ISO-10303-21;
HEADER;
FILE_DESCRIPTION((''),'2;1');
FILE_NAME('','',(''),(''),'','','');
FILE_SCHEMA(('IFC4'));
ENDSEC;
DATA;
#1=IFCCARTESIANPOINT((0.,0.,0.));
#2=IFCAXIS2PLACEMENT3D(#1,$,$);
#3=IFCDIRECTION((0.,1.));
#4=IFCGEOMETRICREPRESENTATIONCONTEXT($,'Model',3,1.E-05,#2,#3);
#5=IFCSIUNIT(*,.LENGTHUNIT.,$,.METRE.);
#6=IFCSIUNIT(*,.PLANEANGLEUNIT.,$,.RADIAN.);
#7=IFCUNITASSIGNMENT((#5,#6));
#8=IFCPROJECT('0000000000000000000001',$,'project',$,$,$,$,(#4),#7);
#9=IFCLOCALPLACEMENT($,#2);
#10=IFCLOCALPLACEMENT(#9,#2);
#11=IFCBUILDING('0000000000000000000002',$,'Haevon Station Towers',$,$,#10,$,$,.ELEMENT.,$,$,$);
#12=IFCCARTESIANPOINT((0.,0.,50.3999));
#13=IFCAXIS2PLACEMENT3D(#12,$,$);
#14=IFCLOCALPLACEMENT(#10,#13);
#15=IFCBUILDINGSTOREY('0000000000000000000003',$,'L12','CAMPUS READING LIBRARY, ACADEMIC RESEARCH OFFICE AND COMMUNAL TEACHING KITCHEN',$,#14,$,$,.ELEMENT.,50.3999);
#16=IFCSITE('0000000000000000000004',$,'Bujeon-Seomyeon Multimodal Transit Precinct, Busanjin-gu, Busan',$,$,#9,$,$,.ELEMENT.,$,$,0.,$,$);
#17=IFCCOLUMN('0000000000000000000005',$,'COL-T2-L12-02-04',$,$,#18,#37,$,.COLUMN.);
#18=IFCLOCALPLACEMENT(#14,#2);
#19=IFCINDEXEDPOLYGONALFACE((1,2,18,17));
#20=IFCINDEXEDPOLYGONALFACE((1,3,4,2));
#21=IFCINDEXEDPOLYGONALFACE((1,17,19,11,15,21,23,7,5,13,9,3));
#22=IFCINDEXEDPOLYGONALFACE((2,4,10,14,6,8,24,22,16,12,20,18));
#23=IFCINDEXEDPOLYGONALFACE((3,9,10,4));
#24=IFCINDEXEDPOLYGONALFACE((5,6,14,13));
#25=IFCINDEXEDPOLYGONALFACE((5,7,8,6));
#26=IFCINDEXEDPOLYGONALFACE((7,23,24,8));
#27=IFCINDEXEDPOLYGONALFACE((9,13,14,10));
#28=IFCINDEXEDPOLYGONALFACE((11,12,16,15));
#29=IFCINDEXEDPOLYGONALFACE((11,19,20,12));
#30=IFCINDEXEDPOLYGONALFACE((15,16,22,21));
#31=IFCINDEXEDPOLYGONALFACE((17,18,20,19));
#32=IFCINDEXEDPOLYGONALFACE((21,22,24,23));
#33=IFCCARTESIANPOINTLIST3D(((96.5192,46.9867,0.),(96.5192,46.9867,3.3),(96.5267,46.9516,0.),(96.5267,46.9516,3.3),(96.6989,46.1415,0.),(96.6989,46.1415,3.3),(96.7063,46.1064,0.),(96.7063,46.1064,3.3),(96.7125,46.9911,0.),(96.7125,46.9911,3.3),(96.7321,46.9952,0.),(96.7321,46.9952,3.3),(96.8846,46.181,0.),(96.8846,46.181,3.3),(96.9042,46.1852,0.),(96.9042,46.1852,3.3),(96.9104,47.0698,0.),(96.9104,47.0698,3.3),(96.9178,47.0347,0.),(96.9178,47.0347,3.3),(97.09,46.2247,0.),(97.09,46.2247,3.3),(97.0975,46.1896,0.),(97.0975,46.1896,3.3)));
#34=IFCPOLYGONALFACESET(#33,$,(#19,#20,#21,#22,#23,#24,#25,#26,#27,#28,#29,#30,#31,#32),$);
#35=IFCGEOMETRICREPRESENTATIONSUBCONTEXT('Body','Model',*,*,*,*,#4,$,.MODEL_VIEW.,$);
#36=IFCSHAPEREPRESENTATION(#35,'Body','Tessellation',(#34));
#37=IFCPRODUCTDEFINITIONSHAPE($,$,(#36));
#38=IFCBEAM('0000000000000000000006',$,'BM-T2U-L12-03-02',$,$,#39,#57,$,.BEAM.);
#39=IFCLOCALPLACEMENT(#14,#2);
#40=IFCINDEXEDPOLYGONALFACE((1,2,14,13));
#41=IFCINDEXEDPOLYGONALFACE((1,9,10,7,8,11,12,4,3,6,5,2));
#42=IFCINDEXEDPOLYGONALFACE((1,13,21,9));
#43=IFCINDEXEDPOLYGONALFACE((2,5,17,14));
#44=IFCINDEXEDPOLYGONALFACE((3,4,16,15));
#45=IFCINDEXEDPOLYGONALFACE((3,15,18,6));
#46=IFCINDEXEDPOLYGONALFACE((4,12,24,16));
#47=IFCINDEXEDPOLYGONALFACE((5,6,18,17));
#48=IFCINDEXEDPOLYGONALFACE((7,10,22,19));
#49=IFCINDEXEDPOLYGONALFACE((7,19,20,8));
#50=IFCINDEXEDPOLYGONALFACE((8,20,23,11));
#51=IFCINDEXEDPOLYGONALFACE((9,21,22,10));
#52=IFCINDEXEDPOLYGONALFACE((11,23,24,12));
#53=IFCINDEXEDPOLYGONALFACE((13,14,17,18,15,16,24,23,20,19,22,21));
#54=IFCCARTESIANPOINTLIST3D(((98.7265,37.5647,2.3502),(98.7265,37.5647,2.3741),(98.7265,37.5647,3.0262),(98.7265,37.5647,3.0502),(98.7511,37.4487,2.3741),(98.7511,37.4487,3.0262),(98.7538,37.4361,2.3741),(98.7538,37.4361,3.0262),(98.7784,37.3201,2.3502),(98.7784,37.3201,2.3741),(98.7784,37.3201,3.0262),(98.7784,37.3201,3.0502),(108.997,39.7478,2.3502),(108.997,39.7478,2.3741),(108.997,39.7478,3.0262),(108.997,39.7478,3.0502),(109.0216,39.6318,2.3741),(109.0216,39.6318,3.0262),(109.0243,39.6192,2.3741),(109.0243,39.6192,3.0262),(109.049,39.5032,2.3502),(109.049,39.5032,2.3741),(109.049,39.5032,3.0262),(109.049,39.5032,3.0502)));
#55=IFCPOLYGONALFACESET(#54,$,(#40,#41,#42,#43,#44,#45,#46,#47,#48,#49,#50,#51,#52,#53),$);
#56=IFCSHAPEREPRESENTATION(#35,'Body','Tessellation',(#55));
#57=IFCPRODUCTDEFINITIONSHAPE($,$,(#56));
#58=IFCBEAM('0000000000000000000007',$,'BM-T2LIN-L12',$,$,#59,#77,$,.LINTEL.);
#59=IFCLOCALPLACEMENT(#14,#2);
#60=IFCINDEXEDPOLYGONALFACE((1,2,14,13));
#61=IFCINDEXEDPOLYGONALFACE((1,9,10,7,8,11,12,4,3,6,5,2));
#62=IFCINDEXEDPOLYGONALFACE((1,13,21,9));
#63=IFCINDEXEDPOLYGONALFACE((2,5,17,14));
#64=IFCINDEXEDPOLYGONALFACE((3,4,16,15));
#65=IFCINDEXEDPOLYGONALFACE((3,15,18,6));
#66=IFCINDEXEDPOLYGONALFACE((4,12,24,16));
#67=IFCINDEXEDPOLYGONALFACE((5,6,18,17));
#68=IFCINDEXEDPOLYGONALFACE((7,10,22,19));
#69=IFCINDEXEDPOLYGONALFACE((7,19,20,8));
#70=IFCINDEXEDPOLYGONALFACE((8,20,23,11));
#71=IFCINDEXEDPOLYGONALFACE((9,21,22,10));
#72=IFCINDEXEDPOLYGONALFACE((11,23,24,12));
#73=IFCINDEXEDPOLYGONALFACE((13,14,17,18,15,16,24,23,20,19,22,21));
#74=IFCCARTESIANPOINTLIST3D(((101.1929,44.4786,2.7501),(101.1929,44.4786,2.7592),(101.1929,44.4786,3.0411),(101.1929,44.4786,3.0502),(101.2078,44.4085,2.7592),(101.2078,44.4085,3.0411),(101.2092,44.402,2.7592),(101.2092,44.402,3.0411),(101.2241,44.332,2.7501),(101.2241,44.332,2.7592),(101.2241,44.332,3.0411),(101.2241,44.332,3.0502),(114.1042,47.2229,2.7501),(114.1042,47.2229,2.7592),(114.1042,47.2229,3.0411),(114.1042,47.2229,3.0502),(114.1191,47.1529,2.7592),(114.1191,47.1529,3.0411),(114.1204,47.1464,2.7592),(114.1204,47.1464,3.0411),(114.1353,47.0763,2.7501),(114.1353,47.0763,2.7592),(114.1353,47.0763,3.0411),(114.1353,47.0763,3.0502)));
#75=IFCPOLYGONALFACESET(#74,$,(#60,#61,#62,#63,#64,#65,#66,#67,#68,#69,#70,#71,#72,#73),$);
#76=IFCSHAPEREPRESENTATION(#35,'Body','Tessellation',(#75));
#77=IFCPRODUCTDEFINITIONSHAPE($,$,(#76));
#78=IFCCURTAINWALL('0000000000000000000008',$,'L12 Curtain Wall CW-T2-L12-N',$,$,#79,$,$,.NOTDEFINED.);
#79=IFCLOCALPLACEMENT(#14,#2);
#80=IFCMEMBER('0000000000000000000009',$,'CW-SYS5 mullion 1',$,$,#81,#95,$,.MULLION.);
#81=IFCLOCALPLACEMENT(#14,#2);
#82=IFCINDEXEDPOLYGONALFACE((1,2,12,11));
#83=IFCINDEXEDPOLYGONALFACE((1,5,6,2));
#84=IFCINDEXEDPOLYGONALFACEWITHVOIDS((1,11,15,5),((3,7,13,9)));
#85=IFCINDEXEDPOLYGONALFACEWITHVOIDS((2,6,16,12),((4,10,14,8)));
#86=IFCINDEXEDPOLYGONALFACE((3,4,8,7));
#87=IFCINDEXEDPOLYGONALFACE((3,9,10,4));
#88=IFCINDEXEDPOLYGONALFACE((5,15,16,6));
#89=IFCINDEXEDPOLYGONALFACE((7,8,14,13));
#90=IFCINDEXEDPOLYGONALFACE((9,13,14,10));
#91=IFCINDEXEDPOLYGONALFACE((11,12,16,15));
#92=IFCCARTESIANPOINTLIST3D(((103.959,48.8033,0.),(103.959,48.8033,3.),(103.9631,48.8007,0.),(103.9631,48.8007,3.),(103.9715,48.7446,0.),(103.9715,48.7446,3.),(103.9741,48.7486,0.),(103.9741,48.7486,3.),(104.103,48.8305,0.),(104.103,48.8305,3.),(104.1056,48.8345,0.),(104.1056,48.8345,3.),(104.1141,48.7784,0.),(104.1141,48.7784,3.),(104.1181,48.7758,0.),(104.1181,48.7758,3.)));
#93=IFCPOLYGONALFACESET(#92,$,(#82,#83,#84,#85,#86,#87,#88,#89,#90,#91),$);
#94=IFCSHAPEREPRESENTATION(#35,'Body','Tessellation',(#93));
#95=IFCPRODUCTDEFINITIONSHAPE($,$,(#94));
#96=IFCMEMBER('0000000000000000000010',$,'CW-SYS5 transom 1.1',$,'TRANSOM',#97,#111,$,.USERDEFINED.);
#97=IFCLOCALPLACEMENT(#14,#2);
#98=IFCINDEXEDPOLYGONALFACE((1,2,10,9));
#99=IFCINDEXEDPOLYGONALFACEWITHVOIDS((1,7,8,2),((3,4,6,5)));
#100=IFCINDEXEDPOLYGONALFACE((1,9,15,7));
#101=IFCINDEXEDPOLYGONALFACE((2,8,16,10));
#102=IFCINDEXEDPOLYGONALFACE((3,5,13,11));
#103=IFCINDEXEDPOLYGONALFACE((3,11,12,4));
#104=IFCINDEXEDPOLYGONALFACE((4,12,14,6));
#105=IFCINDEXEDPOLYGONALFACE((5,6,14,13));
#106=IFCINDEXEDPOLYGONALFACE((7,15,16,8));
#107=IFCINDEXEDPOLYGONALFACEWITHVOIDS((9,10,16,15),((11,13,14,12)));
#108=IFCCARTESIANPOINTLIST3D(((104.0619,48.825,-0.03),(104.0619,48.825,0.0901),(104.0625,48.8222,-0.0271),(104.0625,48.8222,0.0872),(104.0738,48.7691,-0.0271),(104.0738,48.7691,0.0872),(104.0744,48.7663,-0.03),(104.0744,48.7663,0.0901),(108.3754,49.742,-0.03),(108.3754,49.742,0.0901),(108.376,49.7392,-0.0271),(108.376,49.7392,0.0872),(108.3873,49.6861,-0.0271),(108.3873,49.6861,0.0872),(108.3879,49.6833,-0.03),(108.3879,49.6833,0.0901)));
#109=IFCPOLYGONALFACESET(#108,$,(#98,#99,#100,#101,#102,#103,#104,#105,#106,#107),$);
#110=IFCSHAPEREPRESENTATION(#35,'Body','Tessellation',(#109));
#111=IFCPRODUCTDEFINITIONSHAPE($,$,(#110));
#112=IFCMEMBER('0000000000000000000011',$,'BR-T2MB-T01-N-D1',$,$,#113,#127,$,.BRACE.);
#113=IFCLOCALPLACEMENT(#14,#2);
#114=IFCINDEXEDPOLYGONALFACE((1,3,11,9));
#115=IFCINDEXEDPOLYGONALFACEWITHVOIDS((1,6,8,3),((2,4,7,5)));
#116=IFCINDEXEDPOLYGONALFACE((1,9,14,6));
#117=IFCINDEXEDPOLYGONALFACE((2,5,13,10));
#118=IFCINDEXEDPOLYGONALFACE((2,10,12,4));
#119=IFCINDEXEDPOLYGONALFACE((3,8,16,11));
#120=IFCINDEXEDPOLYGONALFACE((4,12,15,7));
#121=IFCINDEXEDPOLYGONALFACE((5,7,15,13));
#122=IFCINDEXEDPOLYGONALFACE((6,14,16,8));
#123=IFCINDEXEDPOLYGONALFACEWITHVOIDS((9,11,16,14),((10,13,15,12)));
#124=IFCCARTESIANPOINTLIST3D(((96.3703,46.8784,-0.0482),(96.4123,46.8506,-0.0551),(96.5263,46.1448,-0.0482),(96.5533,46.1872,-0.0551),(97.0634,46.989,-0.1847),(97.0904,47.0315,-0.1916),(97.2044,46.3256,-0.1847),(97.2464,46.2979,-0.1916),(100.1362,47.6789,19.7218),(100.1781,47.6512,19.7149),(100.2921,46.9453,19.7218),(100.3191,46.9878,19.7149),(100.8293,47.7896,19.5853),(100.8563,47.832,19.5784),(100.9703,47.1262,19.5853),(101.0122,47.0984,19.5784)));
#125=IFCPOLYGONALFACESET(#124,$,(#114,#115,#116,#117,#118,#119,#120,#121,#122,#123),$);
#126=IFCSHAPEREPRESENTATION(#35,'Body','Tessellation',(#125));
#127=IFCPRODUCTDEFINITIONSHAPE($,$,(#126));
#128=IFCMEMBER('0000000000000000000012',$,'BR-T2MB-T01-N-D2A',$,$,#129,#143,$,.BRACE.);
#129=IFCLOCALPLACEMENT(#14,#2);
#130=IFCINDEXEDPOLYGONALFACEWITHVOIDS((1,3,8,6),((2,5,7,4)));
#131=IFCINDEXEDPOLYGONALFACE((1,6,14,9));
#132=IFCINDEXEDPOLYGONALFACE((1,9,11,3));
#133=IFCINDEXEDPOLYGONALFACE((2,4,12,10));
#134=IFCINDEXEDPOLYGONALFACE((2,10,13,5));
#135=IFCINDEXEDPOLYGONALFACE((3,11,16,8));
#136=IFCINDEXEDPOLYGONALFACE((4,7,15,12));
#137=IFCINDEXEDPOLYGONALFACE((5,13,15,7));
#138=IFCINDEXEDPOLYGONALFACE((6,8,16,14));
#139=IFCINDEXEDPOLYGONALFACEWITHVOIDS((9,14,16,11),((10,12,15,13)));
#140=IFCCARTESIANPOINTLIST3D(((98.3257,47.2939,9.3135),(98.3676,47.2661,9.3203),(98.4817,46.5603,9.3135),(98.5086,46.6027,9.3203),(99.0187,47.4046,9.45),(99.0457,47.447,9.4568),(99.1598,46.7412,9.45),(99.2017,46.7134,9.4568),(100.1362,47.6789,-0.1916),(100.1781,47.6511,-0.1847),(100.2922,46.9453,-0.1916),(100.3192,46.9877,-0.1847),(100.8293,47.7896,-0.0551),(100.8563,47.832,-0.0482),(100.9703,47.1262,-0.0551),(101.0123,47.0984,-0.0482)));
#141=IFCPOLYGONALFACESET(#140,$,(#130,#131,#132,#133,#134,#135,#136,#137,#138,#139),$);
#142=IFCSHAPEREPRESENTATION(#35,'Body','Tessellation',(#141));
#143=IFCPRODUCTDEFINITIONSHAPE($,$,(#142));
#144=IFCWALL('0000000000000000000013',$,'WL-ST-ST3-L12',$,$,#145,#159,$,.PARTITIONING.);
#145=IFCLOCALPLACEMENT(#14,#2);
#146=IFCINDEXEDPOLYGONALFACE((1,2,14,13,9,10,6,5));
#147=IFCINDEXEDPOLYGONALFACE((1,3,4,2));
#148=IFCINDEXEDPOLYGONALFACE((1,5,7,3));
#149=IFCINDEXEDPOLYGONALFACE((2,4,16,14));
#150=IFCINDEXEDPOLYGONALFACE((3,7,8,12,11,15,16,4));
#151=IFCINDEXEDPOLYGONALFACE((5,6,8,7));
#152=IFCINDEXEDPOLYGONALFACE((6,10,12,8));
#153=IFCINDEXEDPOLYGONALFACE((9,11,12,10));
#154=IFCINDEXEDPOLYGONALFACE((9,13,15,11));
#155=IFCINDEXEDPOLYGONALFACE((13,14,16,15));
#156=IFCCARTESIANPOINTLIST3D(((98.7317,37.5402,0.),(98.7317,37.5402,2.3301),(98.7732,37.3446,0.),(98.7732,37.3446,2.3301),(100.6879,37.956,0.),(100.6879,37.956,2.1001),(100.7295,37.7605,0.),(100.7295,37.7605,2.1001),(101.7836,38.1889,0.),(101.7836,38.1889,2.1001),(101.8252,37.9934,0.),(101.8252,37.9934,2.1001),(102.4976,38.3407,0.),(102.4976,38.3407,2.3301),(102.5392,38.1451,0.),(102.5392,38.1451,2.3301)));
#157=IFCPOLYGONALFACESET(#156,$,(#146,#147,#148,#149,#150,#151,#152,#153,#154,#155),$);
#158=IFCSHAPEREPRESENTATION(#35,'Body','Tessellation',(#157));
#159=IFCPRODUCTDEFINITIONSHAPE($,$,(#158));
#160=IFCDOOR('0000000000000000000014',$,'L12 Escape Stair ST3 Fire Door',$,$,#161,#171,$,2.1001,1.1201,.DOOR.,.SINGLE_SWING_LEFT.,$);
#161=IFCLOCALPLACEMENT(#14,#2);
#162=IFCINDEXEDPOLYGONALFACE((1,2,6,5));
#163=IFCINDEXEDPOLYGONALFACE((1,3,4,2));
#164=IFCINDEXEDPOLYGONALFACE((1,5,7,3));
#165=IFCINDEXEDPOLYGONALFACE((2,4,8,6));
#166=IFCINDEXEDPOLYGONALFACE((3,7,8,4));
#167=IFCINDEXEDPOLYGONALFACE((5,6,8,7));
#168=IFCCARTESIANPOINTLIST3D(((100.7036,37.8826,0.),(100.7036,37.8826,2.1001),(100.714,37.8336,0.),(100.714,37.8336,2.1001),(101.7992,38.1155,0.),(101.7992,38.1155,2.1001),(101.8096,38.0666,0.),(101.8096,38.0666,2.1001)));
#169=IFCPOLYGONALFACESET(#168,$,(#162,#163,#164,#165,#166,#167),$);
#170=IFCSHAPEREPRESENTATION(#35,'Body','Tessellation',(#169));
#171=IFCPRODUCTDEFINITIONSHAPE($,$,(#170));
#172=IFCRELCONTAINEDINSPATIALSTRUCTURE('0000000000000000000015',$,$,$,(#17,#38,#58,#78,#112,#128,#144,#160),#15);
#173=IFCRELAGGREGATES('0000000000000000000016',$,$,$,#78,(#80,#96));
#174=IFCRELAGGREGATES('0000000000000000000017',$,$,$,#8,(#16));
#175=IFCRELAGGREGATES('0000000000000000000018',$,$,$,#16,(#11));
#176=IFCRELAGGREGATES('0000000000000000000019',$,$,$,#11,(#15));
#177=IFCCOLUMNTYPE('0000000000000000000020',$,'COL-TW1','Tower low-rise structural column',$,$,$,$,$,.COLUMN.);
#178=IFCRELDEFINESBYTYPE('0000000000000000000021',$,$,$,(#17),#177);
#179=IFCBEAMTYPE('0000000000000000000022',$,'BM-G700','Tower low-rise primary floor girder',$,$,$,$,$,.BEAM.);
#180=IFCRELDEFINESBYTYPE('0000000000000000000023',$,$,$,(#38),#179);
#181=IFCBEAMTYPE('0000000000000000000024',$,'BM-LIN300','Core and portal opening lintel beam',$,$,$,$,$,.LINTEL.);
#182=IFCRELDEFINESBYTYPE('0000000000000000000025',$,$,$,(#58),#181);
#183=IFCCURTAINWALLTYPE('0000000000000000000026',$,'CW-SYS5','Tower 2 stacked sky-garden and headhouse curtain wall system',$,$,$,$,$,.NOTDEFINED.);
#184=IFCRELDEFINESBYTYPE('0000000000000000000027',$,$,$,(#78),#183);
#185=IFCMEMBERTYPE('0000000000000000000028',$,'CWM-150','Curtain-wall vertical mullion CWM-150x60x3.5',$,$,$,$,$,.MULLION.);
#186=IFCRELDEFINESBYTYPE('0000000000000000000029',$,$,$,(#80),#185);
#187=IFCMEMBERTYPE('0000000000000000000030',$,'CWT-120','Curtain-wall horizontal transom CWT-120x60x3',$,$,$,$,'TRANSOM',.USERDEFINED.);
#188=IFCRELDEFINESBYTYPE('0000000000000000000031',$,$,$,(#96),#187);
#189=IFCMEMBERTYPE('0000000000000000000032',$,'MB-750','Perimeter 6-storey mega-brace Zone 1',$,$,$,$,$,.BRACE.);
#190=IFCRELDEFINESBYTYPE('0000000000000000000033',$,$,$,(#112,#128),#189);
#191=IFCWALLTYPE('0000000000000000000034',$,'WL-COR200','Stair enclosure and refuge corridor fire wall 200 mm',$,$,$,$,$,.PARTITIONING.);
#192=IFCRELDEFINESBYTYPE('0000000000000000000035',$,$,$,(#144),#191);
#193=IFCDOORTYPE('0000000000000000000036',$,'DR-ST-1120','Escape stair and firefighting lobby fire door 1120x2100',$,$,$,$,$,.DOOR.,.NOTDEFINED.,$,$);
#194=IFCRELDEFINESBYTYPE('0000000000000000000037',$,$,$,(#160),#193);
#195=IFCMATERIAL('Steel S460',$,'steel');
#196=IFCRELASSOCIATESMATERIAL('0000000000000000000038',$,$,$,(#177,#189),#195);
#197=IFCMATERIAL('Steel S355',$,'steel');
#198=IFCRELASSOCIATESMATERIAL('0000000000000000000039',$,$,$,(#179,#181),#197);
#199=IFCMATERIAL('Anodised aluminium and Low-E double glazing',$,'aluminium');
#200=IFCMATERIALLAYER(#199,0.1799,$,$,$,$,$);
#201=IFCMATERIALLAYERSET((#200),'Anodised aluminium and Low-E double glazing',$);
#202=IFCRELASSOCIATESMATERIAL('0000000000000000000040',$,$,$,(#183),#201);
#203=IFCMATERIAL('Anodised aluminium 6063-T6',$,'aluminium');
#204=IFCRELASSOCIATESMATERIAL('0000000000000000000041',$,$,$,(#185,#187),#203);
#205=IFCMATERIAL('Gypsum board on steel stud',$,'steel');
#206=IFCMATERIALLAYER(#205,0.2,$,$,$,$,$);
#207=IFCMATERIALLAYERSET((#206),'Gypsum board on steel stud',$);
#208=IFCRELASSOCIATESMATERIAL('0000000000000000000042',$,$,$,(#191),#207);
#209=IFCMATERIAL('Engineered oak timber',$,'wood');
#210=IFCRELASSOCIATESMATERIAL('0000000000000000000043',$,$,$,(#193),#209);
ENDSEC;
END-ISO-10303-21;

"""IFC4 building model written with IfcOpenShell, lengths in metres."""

from ifc_helpers import new_model, si_unit, direction, frame, frame_2d, origin, origin_2d, place, context, subcontext, project, spatial, rectangle, hollow_rectangle, i_section, extrude, material, layer, layer_set, material_profile, profile_set, type_object, element, fill, aggregate, save


model = new_model("IFC4")

# Units and contexts
model_context = context("Model", 3, precision=1e-05, world=origin(), true_north=direction((0.0, 1.0)))
body_context = subcontext(model_context, "Body", "Model", "MODEL_VIEW")
ifc_project = project(units=[si_unit("LENGTHUNIT", "METRE"), si_unit("PLANEANGLEUNIT", "RADIAN")], contexts=[model_context])

# Site, building, storey
site_placement = place(None, origin())
site = spatial("IfcSite", under=ifc_project, at=site_placement, Name="Bujeon-Seomyeon Multimodal Transit Precinct, Busanjin-gu, Busan", CompositionType="ELEMENT", RefElevation=0.0)
building_placement = place(site_placement, origin())
building = spatial("IfcBuilding", under=site, at=building_placement, Name="Haevon Station Towers", CompositionType="ELEMENT")
storey_placement = place(building_placement, frame((0.0, 0.0, 50.3999)))
storey = spatial("IfcBuildingStorey", under=building, at=storey_placement, Name="L12", Description="CAMPUS READING LIBRARY, ACADEMIC RESEARCH OFFICE AND COMMUNAL TEACHING KITCHEN", CompositionType="ELEMENT", Elevation=50.3999)

# Column
ifc_material_1 = material(Name="Steel S460", Category="steel")
ifc_material_profile_1 = material_profile(ifc_material_1, i_section(OverallWidth=0.3999, OverallDepth=0.8999, WebThickness=0.02, FlangeThickness=0.0359, at=origin_2d()), Name="H-900x400x20x36")
ifc_profile_set_1 = profile_set([ifc_material_profile_1], Name="Steel S460")
column_type = type_object("IfcColumnType", Name="COL-TW1", Description="Tower low-rise structural column", PredefinedType="COLUMN", material=ifc_profile_set_1)
column_placement = place(storey_placement, frame((96.8083, 46.5881, 0.0), z_axis=(0.0, 0.0, 1.0), x_axis=(0.978148, 0.207912, 0.0)))
element("IfcColumn", 1, at=column_placement, inside=storey, type_object=column_type, Name="COL-T2-L12-02-04", PredefinedType="COLUMN", context=body_context, shape_type="SweptSolid", body=[
    extrude(i_section(OverallWidth=0.3999, OverallDepth=0.8999, WebThickness=0.02, FlangeThickness=0.0359, at=origin_2d()), origin(), (0.0, 0.0, 1.0), 3.3),
])

# Beams
ifc_material_2 = material(Name="Steel S355", Category="steel")
ifc_material_profile_2 = material_profile(ifc_material_2, i_section(OverallWidth=0.25, OverallDepth=0.7, WebThickness=0.0129, FlangeThickness=0.0239, at=origin_2d()), Name="H-700x250x13x24")
ifc_profile_set_2 = profile_set([ifc_material_profile_2], Name="Steel S355")
beam_type_1 = type_object("IfcBeamType", Name="BM-G700", Description="Tower low-rise primary floor girder", PredefinedType="BEAM", material=ifc_profile_set_2)
beam_1_placement = place(storey_placement, frame((98.7524, 37.4424, 2.7002), z_axis=(0.978147, 0.207915, 0.0), x_axis=(-0.207915, 0.978147, 0.0)))
element("IfcBeam", 2, at=beam_1_placement, inside=storey, type_object=beam_type_1, Name="BM-T2U-L12-03-02", PredefinedType="BEAM", context=body_context, shape_type="SweptSolid", body=[
    extrude(i_section(OverallWidth=0.25, OverallDepth=0.7, WebThickness=0.0129, FlangeThickness=0.0239, at=origin_2d()), origin(), (0.0, 0.0, 1.0), 10.5),
])
ifc_material_profile_3 = material_profile(ifc_material_2, i_section(OverallWidth=0.1499, OverallDepth=0.3, WebThickness=0.0066, FlangeThickness=0.009, at=origin_2d()), Name="H-300x150x6.5x9")
ifc_profile_set_3 = profile_set([ifc_material_profile_3], Name="Steel S355")
beam_type_2 = type_object("IfcBeamType", Name="BM-LIN300", Description="Core and portal opening lintel beam", PredefinedType="LINTEL", material=ifc_profile_set_3)
beam_2_placement = place(storey_placement, frame((101.2085, 44.4053, 2.9001), z_axis=(0.978148, 0.207911, 0.0), x_axis=(-0.207911, 0.978148, 0.0)))
element("IfcBeam", 3, at=beam_2_placement, inside=storey, type_object=beam_type_2, Name="BM-T2LIN-L12", PredefinedType="LINTEL", context=body_context, shape_type="SweptSolid", body=[
    extrude(i_section(OverallWidth=0.1499, OverallDepth=0.3, WebThickness=0.0066, FlangeThickness=0.009, at=origin_2d()), origin(), (0.0, 0.0, 1.0), 13.1997),
])

# Curtain wall, members
ifc_material_3 = material(Name="Anodised aluminium and Low-E double glazing", Category="aluminium")
ifc_layer_1 = layer(ifc_material_3, 0.1799)
ifc_layer_set_1 = layer_set([ifc_layer_1], Name="Anodised aluminium and Low-E double glazing")
curtain_wall_type = type_object("IfcCurtainWallType", Name="CW-SYS5", Description="Tower 2 stacked sky-garden and headhouse curtain wall system", PredefinedType="NOTDEFINED", material=ifc_layer_set_1)
curtain_wall_placement = place(storey_placement, origin())
curtain_wall = element("IfcCurtainWall", 4, at=curtain_wall_placement, inside=storey, type_object=curtain_wall_type, Name="L12 Curtain Wall CW-T2-L12-N", PredefinedType="NOTDEFINED")
ifc_material_4 = material(Name="Anodised aluminium 6063-T6", Category="aluminium")
ifc_material_profile_4 = material_profile(ifc_material_4, hollow_rectangle(XDim=0.0601, YDim=0.1499, WallThickness=0.0034, at=origin_2d()), Name="CWM-150x60x3.5")
ifc_profile_set_4 = profile_set([ifc_material_profile_4], Name="Anodised aluminium 6063-T6")
member_type_1 = type_object("IfcMemberType", Name="CWM-150", Description="Curtain-wall vertical mullion CWM-150x60x3.5", PredefinedType="MULLION", material=ifc_profile_set_4)
member_1_placement = place(storey_placement, frame((104.0386, 48.7896, 0.0), z_axis=(0.0, 0.0, 1.0), x_axis=(-0.207912, 0.978148, 0.0)))
member_1 = element("IfcMember", 5, at=member_1_placement, type_object=member_type_1, Name="CW-SYS5 mullion 1", PredefinedType="MULLION", context=body_context, shape_type="SweptSolid", body=[
    extrude(hollow_rectangle(XDim=0.0601, YDim=0.1499, WallThickness=0.0034, at=origin_2d()), origin(), (0.0, 0.0, 1.0), 3.0),
])
ifc_material_profile_5 = material_profile(ifc_material_4, hollow_rectangle(XDim=0.0601, YDim=0.1201, WallThickness=0.0029, at=origin_2d()), Name="CWT-120x60x3")
ifc_profile_set_5 = profile_set([ifc_material_profile_5], Name="Anodised aluminium 6063-T6")
member_type_2 = type_object("IfcMemberType", Name="CWT-120", Description="Curtain-wall horizontal transom CWT-120x60x3", ElementType="TRANSOM", PredefinedType="USERDEFINED", material=ifc_profile_set_5)
member_2_placement = place(storey_placement, frame((104.0681, 48.7957, 0.03), z_axis=(0.978141, 0.207941, 0.0), x_axis=(-0.207941, 0.978141, 0.0)))
member_2 = element("IfcMember", 6, at=member_2_placement, type_object=member_type_2, Name="CW-SYS5 transom 1.1", ObjectType="TRANSOM", PredefinedType="USERDEFINED", context=body_context, shape_type="SweptSolid", body=[
    extrude(hollow_rectangle(XDim=0.0601, YDim=0.1201, WallThickness=0.0029, at=origin_2d()), origin(), (0.0, 0.0, 1.0), 4.4099),
])
aggregate(curtain_wall, [member_1, member_2])

# Members
ifc_material_profile_6 = material_profile(ifc_material_1, hollow_rectangle(XDim=0.75, YDim=0.75, WallThickness=0.0359, at=origin_2d()), Name="RHS-750x750x36")
ifc_profile_set_6 = profile_set([ifc_material_profile_6], Name="Steel S460")
member_type_3 = type_object("IfcMemberType", Name="MB-750", Description="Perimeter 6-storey mega-brace Zone 1", PredefinedType="BRACE", material=ifc_profile_set_6)
member_3_placement = place(storey_placement, frame((96.8083, 46.5881, -0.1199), z_axis=(0.186971, 0.039746, 0.981561), x_axis=(-0.207931, 0.978144, 0.0)))
element("IfcMember", 7, at=member_3_placement, inside=storey, type_object=member_type_3, Name="BR-T2MB-T01-N-D1", PredefinedType="BRACE", context=body_context, shape_type="SweptSolid", body=[
    extrude(hollow_rectangle(XDim=0.75, YDim=0.75, WallThickness=0.0359, at=origin_2d()), origin(), (0.0, 0.0, 1.0), 20.1414),
])
member_4_placement = place(storey_placement, frame((100.5742, 47.3887, -0.1199), z_axis=(-0.186969, -0.039759, 0.981561), x_axis=(0.207998, -0.978129, 0.0)))
element("IfcMember", 8, at=member_4_placement, inside=storey, type_object=member_type_3, Name="BR-T2MB-T01-N-D2A", PredefinedType="BRACE", context=body_context, shape_type="SweptSolid", body=[
    extrude(hollow_rectangle(XDim=0.75, YDim=0.75, WallThickness=0.0359, at=origin_2d()), origin(), (0.0, 0.0, 1.0), 9.6836),
])

# Wall, opening, door
ifc_material_5 = material(Name="Gypsum board on steel stud", Category="steel")
ifc_layer_2 = layer(ifc_material_5, 0.2)
ifc_layer_set_2 = layer_set([ifc_layer_2], Name="Gypsum board on steel stud")
wall_type_1 = type_object("IfcWallType", Name="WL-COR200", Description="Stair enclosure and refuge corridor fire wall 200 mm", PredefinedType="PARTITIONING", material=ifc_layer_set_2)
wall_1_placement = place(storey_placement, frame((98.7524, 37.4424, 0.0), z_axis=(0.0, 0.0, 1.0), x_axis=(0.978144, 0.207931, 0.0)))
wall_1 = element("IfcWall", 9, at=wall_1_placement, inside=storey, type_object=wall_type_1, Name="WL-ST-ST3-L12", PredefinedType="PARTITIONING", context=body_context, shape_type="SweptSolid", body=[
    extrude(rectangle(XDim=3.8501, YDim=0.2, at=frame_2d((1.925, 0.0))), origin(), (0.0, 0.0, 1.0), 2.3301),
])
opening_1_placement = place(wall_1_placement, frame((2.0, 0.0, 0.0)))
opening_1 = element("IfcOpeningElement", 10, at=opening_1_placement, cuts=wall_1, PredefinedType="OPENING", context=body_context, shape_type="SweptSolid", body=[
    extrude(rectangle(XDim=1.1201, YDim=2.1001, at=frame_2d((0.5601, 1.05))), frame((0.0, 0.1099, 0.0), z_axis=(0.0, -1.0, 0.0), x_axis=(1.0, 0.0, 0.0)), (0.0, 0.0, 1.0), 0.22),
])
ifc_material_6 = material(Name="Engineered oak timber", Category="wood")
door_type_1 = type_object("IfcDoorType", Name="DR-ST-1120", Description="Escape stair and firefighting lobby fire door 1120x2100", OperationType="NOTDEFINED", PredefinedType="DOOR", material=ifc_material_6)
door_1_placement = place(opening_1_placement, origin())
door_1 = element("IfcDoor", 11, at=door_1_placement, inside=storey, type_object=door_type_1, Name="L12 Escape Stair ST3 Fire Door", OperationType="SINGLE_SWING_LEFT", OverallHeight=2.1001, OverallWidth=1.1201, PredefinedType="DOOR", context=body_context, shape_type="SweptSolid", body=[
    extrude(rectangle(XDim=1.1201, YDim=2.1001, at=frame_2d((0.5601, 1.05))), frame((0.0, 0.0249, 0.0), z_axis=(0.0, -1.0, 0.0), x_axis=(1.0, 0.0, 0.0)), (0.0, 0.0, 1.0), 0.05),
])
fill(opening_1, door_1)

save(model, "model.ifc")
